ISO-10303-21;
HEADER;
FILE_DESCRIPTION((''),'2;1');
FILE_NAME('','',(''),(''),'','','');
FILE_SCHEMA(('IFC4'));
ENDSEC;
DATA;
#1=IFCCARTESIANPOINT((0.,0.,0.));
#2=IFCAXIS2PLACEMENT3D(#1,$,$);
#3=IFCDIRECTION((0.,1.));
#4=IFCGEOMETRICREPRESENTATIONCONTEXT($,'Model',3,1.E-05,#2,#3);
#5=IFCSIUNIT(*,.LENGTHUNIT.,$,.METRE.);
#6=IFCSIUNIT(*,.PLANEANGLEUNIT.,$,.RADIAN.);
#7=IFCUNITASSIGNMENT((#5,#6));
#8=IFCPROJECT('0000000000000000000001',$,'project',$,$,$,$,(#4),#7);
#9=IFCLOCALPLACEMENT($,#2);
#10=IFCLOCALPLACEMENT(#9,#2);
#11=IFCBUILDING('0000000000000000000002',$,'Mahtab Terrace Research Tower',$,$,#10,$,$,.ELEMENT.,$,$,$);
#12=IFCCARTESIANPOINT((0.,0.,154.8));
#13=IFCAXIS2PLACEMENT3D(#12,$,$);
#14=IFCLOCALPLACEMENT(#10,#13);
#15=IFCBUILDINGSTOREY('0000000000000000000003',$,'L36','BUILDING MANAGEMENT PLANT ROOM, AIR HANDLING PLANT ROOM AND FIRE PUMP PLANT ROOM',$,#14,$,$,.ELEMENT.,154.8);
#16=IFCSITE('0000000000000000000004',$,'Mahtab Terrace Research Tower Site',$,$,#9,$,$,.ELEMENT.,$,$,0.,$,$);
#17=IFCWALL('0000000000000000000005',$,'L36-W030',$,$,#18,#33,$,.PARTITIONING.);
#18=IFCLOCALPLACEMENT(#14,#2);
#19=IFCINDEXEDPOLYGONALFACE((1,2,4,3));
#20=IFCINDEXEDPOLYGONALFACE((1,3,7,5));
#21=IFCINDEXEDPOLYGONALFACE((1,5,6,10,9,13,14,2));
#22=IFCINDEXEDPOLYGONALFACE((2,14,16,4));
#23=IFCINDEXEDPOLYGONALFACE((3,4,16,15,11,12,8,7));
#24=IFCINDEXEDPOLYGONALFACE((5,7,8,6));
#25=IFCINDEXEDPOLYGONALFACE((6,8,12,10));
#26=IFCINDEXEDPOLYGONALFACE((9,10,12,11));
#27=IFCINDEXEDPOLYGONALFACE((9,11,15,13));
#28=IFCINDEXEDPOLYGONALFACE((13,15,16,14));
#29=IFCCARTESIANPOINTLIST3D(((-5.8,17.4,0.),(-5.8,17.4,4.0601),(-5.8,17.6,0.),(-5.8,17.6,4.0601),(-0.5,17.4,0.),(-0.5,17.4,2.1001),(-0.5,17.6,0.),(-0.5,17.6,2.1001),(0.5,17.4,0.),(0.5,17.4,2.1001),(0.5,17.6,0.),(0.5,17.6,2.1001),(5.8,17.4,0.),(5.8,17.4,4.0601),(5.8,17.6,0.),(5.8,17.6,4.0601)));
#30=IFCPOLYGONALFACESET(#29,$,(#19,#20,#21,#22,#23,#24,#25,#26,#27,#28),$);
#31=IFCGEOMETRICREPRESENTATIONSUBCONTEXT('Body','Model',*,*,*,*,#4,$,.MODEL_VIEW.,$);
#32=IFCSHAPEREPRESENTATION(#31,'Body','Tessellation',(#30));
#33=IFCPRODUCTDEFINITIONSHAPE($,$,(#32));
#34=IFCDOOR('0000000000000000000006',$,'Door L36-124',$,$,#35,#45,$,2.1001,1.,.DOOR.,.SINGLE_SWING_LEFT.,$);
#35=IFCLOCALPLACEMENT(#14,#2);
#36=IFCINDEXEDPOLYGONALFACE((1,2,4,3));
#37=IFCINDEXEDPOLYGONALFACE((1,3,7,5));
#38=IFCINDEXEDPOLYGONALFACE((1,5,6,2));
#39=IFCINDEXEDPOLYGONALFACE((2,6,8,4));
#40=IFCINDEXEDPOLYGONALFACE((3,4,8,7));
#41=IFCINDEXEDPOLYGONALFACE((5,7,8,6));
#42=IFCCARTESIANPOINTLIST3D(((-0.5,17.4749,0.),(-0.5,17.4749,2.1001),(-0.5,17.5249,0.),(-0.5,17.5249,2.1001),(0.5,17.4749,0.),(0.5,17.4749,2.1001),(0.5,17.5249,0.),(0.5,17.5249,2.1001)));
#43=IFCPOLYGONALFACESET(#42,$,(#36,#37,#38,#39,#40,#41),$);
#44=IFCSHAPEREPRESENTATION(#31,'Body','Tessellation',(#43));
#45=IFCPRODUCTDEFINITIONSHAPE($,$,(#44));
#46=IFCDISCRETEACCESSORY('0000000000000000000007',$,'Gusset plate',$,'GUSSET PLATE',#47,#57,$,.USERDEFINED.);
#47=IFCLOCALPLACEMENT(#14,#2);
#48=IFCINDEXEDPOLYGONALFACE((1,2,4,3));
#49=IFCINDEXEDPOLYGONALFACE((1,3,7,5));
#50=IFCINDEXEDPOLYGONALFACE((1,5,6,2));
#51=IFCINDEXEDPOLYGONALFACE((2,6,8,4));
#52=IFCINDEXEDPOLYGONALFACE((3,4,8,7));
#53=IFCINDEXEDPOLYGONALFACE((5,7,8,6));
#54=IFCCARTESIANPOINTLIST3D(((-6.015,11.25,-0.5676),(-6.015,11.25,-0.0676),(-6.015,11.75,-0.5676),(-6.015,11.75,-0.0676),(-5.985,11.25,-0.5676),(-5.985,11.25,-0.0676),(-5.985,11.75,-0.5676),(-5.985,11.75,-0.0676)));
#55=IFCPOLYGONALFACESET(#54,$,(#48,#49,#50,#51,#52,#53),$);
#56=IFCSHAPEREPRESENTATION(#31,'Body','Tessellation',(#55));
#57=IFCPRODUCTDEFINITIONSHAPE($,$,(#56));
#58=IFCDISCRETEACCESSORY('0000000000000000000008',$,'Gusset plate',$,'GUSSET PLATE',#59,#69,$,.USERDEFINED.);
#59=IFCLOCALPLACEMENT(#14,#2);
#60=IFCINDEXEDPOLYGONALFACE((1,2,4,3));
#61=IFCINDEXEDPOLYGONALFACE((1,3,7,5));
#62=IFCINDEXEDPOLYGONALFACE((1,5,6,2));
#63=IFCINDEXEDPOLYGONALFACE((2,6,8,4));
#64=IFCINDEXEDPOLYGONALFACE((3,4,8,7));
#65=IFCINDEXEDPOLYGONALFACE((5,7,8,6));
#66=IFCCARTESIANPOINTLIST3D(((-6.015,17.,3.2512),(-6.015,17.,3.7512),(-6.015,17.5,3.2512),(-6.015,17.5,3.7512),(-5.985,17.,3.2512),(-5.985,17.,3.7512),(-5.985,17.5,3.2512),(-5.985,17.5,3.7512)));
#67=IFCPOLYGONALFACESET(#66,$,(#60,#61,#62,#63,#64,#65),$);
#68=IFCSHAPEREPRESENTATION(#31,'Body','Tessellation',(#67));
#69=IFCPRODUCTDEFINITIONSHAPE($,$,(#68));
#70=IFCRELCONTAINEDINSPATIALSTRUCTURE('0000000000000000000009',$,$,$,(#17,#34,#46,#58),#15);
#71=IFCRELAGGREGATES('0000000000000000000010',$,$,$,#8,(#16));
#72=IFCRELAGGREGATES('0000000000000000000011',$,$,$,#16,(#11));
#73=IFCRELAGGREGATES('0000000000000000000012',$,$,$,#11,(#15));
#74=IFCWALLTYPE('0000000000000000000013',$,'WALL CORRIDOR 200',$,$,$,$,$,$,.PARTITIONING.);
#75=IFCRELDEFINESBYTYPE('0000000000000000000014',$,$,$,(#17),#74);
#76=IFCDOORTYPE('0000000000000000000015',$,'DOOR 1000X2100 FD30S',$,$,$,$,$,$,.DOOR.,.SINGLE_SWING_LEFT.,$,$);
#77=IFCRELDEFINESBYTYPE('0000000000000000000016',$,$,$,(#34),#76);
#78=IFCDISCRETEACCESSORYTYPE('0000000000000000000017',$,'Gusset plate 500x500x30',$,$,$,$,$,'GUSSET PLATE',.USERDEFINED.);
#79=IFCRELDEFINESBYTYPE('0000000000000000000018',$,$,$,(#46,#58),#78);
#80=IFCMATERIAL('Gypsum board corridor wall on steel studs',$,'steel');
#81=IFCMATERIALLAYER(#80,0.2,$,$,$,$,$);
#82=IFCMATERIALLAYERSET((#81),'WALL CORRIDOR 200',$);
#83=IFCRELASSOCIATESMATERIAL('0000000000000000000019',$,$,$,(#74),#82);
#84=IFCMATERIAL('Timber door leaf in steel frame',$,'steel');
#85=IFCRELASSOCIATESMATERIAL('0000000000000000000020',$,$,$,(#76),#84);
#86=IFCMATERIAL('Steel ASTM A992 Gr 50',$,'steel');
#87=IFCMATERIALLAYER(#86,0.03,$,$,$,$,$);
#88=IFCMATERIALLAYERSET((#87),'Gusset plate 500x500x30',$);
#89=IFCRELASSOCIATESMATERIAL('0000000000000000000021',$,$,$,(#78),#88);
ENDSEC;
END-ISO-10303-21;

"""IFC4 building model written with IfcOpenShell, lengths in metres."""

from ifc_helpers import new_model, si_unit, direction, frame, frame_2d, origin, origin_2d, place, context, subcontext, project, spatial, rectangle, extrude, material, layer, layer_set, type_object, element, fill, save


model = new_model("IFC4")

# Units and contexts
model_context = context("Model", 3, precision=1e-05, world=origin(), true_north=direction((0.0, 1.0)))
body_context = subcontext(model_context, "Body", "Model", "MODEL_VIEW")
ifc_project = project(units=[si_unit("LENGTHUNIT", "METRE"), si_unit("PLANEANGLEUNIT", "RADIAN")], contexts=[model_context])

# Site, building, storey
site_placement = place(None, origin())
site = spatial("IfcSite", under=ifc_project, at=site_placement, Name="Mahtab Terrace Research Tower Site", CompositionType="ELEMENT", RefElevation=0.0)
building_placement = place(site_placement, origin())
building = spatial("IfcBuilding", under=site, at=building_placement, Name="Mahtab Terrace Research Tower", CompositionType="ELEMENT")
storey_placement = place(building_placement, frame((0.0, 0.0, 154.8)))
storey = spatial("IfcBuildingStorey", under=building, at=storey_placement, Name="L36", Description="BUILDING MANAGEMENT PLANT ROOM, AIR HANDLING PLANT ROOM AND FIRE PUMP PLANT ROOM", CompositionType="ELEMENT", Elevation=154.8)

# Shared definitions
ifc_material_1 = material(Name="Steel ASTM A992 Gr 50", Category="steel")

# Wall, opening, door
ifc_material_2 = material(Name="Gypsum board corridor wall on steel studs", Category="steel")
ifc_layer_1 = layer(ifc_material_2, 0.2)
ifc_layer_set_1 = layer_set([ifc_layer_1], Name="WALL CORRIDOR 200")
wall_type_1 = type_object("IfcWallType", Name="WALL CORRIDOR 200", PredefinedType="PARTITIONING", material=ifc_layer_set_1)
wall_1_placement = place(storey_placement, frame((-5.8, 17.5, 0.0), z_axis=(0.0, 0.0, 1.0), x_axis=(1.0, 0.0, 0.0)))
wall_1 = element("IfcWall", 1, at=wall_1_placement, inside=storey, type_object=wall_type_1, Name="L36-W030", PredefinedType="PARTITIONING", context=body_context, shape_type="SweptSolid", body=[
    extrude(rectangle(XDim=11.6001, YDim=0.2, at=frame_2d((5.8, 0.0))), origin(), (0.0, 0.0, 1.0), 4.0601),
])
opening_1_placement = place(wall_1_placement, frame((5.3, 0.0, 0.0)))
opening_1 = element("IfcOpeningElement", 2, at=opening_1_placement, cuts=wall_1, PredefinedType="OPENING", context=body_context, shape_type="SweptSolid", body=[
    extrude(rectangle(XDim=1.0, YDim=2.1001, at=frame_2d((0.5, 1.05))), frame((0.0, 0.1099, 0.0), z_axis=(0.0, -1.0, 0.0), x_axis=(1.0, 0.0, 0.0)), (0.0, 0.0, 1.0), 0.22),
])
ifc_material_3 = material(Name="Timber door leaf in steel frame", Category="steel")
door_type_1 = type_object("IfcDoorType", Name="DOOR 1000X2100 FD30S", OperationType="SINGLE_SWING_LEFT", PredefinedType="DOOR", material=ifc_material_3)
door_1_placement = place(opening_1_placement, origin())
door_1 = element("IfcDoor", 3, at=door_1_placement, inside=storey, type_object=door_type_1, Name="Door L36-124", OperationType="SINGLE_SWING_LEFT", OverallHeight=2.1001, OverallWidth=1.0, PredefinedType="DOOR", context=body_context, shape_type="SweptSolid", body=[
    extrude(rectangle(XDim=1.0, YDim=2.1001, at=frame_2d((0.5, 1.05))), frame((0.0, 0.0249, 0.0), z_axis=(0.0, -1.0, 0.0), x_axis=(1.0, 0.0, 0.0)), (0.0, 0.0, 1.0), 0.05),
])
fill(opening_1, door_1)

# Discrete accessories
ifc_layer_2 = layer(ifc_material_1, 0.03)
ifc_layer_set_2 = layer_set([ifc_layer_2], Name="Gusset plate 500x500x30")
discrete_accessory_type = type_object("IfcDiscreteAccessoryType", Name="Gusset plate 500x500x30", ElementType="GUSSET PLATE", PredefinedType="USERDEFINED", material=ifc_layer_set_2)
for number, where, z_axis, x_axis, name in (
    (4, (-6.0, 11.5, -0.5676), (0.0, 0.0, 1.0), (0.0, 1.0, 0.0), "Gusset plate"),
    (5, (-6.0, 17.25, 3.2512), (0.0, 0.0, 1.0), (0.0, 1.0, 0.0), "Gusset plate"),
):
    element("IfcDiscreteAccessory", number, at=place(storey_placement, frame(where, z_axis=z_axis, x_axis=x_axis)), inside=storey, type_object=discrete_accessory_type, Name=name, ObjectType="GUSSET PLATE", PredefinedType="USERDEFINED", context=body_context, shape_type="SweptSolid", body=[
        extrude(rectangle(XDim=0.5, YDim=0.03, at=origin_2d()), origin(), (0.0, 0.0, 1.0), 0.5),
    ])

save(model, "model.ifc")
